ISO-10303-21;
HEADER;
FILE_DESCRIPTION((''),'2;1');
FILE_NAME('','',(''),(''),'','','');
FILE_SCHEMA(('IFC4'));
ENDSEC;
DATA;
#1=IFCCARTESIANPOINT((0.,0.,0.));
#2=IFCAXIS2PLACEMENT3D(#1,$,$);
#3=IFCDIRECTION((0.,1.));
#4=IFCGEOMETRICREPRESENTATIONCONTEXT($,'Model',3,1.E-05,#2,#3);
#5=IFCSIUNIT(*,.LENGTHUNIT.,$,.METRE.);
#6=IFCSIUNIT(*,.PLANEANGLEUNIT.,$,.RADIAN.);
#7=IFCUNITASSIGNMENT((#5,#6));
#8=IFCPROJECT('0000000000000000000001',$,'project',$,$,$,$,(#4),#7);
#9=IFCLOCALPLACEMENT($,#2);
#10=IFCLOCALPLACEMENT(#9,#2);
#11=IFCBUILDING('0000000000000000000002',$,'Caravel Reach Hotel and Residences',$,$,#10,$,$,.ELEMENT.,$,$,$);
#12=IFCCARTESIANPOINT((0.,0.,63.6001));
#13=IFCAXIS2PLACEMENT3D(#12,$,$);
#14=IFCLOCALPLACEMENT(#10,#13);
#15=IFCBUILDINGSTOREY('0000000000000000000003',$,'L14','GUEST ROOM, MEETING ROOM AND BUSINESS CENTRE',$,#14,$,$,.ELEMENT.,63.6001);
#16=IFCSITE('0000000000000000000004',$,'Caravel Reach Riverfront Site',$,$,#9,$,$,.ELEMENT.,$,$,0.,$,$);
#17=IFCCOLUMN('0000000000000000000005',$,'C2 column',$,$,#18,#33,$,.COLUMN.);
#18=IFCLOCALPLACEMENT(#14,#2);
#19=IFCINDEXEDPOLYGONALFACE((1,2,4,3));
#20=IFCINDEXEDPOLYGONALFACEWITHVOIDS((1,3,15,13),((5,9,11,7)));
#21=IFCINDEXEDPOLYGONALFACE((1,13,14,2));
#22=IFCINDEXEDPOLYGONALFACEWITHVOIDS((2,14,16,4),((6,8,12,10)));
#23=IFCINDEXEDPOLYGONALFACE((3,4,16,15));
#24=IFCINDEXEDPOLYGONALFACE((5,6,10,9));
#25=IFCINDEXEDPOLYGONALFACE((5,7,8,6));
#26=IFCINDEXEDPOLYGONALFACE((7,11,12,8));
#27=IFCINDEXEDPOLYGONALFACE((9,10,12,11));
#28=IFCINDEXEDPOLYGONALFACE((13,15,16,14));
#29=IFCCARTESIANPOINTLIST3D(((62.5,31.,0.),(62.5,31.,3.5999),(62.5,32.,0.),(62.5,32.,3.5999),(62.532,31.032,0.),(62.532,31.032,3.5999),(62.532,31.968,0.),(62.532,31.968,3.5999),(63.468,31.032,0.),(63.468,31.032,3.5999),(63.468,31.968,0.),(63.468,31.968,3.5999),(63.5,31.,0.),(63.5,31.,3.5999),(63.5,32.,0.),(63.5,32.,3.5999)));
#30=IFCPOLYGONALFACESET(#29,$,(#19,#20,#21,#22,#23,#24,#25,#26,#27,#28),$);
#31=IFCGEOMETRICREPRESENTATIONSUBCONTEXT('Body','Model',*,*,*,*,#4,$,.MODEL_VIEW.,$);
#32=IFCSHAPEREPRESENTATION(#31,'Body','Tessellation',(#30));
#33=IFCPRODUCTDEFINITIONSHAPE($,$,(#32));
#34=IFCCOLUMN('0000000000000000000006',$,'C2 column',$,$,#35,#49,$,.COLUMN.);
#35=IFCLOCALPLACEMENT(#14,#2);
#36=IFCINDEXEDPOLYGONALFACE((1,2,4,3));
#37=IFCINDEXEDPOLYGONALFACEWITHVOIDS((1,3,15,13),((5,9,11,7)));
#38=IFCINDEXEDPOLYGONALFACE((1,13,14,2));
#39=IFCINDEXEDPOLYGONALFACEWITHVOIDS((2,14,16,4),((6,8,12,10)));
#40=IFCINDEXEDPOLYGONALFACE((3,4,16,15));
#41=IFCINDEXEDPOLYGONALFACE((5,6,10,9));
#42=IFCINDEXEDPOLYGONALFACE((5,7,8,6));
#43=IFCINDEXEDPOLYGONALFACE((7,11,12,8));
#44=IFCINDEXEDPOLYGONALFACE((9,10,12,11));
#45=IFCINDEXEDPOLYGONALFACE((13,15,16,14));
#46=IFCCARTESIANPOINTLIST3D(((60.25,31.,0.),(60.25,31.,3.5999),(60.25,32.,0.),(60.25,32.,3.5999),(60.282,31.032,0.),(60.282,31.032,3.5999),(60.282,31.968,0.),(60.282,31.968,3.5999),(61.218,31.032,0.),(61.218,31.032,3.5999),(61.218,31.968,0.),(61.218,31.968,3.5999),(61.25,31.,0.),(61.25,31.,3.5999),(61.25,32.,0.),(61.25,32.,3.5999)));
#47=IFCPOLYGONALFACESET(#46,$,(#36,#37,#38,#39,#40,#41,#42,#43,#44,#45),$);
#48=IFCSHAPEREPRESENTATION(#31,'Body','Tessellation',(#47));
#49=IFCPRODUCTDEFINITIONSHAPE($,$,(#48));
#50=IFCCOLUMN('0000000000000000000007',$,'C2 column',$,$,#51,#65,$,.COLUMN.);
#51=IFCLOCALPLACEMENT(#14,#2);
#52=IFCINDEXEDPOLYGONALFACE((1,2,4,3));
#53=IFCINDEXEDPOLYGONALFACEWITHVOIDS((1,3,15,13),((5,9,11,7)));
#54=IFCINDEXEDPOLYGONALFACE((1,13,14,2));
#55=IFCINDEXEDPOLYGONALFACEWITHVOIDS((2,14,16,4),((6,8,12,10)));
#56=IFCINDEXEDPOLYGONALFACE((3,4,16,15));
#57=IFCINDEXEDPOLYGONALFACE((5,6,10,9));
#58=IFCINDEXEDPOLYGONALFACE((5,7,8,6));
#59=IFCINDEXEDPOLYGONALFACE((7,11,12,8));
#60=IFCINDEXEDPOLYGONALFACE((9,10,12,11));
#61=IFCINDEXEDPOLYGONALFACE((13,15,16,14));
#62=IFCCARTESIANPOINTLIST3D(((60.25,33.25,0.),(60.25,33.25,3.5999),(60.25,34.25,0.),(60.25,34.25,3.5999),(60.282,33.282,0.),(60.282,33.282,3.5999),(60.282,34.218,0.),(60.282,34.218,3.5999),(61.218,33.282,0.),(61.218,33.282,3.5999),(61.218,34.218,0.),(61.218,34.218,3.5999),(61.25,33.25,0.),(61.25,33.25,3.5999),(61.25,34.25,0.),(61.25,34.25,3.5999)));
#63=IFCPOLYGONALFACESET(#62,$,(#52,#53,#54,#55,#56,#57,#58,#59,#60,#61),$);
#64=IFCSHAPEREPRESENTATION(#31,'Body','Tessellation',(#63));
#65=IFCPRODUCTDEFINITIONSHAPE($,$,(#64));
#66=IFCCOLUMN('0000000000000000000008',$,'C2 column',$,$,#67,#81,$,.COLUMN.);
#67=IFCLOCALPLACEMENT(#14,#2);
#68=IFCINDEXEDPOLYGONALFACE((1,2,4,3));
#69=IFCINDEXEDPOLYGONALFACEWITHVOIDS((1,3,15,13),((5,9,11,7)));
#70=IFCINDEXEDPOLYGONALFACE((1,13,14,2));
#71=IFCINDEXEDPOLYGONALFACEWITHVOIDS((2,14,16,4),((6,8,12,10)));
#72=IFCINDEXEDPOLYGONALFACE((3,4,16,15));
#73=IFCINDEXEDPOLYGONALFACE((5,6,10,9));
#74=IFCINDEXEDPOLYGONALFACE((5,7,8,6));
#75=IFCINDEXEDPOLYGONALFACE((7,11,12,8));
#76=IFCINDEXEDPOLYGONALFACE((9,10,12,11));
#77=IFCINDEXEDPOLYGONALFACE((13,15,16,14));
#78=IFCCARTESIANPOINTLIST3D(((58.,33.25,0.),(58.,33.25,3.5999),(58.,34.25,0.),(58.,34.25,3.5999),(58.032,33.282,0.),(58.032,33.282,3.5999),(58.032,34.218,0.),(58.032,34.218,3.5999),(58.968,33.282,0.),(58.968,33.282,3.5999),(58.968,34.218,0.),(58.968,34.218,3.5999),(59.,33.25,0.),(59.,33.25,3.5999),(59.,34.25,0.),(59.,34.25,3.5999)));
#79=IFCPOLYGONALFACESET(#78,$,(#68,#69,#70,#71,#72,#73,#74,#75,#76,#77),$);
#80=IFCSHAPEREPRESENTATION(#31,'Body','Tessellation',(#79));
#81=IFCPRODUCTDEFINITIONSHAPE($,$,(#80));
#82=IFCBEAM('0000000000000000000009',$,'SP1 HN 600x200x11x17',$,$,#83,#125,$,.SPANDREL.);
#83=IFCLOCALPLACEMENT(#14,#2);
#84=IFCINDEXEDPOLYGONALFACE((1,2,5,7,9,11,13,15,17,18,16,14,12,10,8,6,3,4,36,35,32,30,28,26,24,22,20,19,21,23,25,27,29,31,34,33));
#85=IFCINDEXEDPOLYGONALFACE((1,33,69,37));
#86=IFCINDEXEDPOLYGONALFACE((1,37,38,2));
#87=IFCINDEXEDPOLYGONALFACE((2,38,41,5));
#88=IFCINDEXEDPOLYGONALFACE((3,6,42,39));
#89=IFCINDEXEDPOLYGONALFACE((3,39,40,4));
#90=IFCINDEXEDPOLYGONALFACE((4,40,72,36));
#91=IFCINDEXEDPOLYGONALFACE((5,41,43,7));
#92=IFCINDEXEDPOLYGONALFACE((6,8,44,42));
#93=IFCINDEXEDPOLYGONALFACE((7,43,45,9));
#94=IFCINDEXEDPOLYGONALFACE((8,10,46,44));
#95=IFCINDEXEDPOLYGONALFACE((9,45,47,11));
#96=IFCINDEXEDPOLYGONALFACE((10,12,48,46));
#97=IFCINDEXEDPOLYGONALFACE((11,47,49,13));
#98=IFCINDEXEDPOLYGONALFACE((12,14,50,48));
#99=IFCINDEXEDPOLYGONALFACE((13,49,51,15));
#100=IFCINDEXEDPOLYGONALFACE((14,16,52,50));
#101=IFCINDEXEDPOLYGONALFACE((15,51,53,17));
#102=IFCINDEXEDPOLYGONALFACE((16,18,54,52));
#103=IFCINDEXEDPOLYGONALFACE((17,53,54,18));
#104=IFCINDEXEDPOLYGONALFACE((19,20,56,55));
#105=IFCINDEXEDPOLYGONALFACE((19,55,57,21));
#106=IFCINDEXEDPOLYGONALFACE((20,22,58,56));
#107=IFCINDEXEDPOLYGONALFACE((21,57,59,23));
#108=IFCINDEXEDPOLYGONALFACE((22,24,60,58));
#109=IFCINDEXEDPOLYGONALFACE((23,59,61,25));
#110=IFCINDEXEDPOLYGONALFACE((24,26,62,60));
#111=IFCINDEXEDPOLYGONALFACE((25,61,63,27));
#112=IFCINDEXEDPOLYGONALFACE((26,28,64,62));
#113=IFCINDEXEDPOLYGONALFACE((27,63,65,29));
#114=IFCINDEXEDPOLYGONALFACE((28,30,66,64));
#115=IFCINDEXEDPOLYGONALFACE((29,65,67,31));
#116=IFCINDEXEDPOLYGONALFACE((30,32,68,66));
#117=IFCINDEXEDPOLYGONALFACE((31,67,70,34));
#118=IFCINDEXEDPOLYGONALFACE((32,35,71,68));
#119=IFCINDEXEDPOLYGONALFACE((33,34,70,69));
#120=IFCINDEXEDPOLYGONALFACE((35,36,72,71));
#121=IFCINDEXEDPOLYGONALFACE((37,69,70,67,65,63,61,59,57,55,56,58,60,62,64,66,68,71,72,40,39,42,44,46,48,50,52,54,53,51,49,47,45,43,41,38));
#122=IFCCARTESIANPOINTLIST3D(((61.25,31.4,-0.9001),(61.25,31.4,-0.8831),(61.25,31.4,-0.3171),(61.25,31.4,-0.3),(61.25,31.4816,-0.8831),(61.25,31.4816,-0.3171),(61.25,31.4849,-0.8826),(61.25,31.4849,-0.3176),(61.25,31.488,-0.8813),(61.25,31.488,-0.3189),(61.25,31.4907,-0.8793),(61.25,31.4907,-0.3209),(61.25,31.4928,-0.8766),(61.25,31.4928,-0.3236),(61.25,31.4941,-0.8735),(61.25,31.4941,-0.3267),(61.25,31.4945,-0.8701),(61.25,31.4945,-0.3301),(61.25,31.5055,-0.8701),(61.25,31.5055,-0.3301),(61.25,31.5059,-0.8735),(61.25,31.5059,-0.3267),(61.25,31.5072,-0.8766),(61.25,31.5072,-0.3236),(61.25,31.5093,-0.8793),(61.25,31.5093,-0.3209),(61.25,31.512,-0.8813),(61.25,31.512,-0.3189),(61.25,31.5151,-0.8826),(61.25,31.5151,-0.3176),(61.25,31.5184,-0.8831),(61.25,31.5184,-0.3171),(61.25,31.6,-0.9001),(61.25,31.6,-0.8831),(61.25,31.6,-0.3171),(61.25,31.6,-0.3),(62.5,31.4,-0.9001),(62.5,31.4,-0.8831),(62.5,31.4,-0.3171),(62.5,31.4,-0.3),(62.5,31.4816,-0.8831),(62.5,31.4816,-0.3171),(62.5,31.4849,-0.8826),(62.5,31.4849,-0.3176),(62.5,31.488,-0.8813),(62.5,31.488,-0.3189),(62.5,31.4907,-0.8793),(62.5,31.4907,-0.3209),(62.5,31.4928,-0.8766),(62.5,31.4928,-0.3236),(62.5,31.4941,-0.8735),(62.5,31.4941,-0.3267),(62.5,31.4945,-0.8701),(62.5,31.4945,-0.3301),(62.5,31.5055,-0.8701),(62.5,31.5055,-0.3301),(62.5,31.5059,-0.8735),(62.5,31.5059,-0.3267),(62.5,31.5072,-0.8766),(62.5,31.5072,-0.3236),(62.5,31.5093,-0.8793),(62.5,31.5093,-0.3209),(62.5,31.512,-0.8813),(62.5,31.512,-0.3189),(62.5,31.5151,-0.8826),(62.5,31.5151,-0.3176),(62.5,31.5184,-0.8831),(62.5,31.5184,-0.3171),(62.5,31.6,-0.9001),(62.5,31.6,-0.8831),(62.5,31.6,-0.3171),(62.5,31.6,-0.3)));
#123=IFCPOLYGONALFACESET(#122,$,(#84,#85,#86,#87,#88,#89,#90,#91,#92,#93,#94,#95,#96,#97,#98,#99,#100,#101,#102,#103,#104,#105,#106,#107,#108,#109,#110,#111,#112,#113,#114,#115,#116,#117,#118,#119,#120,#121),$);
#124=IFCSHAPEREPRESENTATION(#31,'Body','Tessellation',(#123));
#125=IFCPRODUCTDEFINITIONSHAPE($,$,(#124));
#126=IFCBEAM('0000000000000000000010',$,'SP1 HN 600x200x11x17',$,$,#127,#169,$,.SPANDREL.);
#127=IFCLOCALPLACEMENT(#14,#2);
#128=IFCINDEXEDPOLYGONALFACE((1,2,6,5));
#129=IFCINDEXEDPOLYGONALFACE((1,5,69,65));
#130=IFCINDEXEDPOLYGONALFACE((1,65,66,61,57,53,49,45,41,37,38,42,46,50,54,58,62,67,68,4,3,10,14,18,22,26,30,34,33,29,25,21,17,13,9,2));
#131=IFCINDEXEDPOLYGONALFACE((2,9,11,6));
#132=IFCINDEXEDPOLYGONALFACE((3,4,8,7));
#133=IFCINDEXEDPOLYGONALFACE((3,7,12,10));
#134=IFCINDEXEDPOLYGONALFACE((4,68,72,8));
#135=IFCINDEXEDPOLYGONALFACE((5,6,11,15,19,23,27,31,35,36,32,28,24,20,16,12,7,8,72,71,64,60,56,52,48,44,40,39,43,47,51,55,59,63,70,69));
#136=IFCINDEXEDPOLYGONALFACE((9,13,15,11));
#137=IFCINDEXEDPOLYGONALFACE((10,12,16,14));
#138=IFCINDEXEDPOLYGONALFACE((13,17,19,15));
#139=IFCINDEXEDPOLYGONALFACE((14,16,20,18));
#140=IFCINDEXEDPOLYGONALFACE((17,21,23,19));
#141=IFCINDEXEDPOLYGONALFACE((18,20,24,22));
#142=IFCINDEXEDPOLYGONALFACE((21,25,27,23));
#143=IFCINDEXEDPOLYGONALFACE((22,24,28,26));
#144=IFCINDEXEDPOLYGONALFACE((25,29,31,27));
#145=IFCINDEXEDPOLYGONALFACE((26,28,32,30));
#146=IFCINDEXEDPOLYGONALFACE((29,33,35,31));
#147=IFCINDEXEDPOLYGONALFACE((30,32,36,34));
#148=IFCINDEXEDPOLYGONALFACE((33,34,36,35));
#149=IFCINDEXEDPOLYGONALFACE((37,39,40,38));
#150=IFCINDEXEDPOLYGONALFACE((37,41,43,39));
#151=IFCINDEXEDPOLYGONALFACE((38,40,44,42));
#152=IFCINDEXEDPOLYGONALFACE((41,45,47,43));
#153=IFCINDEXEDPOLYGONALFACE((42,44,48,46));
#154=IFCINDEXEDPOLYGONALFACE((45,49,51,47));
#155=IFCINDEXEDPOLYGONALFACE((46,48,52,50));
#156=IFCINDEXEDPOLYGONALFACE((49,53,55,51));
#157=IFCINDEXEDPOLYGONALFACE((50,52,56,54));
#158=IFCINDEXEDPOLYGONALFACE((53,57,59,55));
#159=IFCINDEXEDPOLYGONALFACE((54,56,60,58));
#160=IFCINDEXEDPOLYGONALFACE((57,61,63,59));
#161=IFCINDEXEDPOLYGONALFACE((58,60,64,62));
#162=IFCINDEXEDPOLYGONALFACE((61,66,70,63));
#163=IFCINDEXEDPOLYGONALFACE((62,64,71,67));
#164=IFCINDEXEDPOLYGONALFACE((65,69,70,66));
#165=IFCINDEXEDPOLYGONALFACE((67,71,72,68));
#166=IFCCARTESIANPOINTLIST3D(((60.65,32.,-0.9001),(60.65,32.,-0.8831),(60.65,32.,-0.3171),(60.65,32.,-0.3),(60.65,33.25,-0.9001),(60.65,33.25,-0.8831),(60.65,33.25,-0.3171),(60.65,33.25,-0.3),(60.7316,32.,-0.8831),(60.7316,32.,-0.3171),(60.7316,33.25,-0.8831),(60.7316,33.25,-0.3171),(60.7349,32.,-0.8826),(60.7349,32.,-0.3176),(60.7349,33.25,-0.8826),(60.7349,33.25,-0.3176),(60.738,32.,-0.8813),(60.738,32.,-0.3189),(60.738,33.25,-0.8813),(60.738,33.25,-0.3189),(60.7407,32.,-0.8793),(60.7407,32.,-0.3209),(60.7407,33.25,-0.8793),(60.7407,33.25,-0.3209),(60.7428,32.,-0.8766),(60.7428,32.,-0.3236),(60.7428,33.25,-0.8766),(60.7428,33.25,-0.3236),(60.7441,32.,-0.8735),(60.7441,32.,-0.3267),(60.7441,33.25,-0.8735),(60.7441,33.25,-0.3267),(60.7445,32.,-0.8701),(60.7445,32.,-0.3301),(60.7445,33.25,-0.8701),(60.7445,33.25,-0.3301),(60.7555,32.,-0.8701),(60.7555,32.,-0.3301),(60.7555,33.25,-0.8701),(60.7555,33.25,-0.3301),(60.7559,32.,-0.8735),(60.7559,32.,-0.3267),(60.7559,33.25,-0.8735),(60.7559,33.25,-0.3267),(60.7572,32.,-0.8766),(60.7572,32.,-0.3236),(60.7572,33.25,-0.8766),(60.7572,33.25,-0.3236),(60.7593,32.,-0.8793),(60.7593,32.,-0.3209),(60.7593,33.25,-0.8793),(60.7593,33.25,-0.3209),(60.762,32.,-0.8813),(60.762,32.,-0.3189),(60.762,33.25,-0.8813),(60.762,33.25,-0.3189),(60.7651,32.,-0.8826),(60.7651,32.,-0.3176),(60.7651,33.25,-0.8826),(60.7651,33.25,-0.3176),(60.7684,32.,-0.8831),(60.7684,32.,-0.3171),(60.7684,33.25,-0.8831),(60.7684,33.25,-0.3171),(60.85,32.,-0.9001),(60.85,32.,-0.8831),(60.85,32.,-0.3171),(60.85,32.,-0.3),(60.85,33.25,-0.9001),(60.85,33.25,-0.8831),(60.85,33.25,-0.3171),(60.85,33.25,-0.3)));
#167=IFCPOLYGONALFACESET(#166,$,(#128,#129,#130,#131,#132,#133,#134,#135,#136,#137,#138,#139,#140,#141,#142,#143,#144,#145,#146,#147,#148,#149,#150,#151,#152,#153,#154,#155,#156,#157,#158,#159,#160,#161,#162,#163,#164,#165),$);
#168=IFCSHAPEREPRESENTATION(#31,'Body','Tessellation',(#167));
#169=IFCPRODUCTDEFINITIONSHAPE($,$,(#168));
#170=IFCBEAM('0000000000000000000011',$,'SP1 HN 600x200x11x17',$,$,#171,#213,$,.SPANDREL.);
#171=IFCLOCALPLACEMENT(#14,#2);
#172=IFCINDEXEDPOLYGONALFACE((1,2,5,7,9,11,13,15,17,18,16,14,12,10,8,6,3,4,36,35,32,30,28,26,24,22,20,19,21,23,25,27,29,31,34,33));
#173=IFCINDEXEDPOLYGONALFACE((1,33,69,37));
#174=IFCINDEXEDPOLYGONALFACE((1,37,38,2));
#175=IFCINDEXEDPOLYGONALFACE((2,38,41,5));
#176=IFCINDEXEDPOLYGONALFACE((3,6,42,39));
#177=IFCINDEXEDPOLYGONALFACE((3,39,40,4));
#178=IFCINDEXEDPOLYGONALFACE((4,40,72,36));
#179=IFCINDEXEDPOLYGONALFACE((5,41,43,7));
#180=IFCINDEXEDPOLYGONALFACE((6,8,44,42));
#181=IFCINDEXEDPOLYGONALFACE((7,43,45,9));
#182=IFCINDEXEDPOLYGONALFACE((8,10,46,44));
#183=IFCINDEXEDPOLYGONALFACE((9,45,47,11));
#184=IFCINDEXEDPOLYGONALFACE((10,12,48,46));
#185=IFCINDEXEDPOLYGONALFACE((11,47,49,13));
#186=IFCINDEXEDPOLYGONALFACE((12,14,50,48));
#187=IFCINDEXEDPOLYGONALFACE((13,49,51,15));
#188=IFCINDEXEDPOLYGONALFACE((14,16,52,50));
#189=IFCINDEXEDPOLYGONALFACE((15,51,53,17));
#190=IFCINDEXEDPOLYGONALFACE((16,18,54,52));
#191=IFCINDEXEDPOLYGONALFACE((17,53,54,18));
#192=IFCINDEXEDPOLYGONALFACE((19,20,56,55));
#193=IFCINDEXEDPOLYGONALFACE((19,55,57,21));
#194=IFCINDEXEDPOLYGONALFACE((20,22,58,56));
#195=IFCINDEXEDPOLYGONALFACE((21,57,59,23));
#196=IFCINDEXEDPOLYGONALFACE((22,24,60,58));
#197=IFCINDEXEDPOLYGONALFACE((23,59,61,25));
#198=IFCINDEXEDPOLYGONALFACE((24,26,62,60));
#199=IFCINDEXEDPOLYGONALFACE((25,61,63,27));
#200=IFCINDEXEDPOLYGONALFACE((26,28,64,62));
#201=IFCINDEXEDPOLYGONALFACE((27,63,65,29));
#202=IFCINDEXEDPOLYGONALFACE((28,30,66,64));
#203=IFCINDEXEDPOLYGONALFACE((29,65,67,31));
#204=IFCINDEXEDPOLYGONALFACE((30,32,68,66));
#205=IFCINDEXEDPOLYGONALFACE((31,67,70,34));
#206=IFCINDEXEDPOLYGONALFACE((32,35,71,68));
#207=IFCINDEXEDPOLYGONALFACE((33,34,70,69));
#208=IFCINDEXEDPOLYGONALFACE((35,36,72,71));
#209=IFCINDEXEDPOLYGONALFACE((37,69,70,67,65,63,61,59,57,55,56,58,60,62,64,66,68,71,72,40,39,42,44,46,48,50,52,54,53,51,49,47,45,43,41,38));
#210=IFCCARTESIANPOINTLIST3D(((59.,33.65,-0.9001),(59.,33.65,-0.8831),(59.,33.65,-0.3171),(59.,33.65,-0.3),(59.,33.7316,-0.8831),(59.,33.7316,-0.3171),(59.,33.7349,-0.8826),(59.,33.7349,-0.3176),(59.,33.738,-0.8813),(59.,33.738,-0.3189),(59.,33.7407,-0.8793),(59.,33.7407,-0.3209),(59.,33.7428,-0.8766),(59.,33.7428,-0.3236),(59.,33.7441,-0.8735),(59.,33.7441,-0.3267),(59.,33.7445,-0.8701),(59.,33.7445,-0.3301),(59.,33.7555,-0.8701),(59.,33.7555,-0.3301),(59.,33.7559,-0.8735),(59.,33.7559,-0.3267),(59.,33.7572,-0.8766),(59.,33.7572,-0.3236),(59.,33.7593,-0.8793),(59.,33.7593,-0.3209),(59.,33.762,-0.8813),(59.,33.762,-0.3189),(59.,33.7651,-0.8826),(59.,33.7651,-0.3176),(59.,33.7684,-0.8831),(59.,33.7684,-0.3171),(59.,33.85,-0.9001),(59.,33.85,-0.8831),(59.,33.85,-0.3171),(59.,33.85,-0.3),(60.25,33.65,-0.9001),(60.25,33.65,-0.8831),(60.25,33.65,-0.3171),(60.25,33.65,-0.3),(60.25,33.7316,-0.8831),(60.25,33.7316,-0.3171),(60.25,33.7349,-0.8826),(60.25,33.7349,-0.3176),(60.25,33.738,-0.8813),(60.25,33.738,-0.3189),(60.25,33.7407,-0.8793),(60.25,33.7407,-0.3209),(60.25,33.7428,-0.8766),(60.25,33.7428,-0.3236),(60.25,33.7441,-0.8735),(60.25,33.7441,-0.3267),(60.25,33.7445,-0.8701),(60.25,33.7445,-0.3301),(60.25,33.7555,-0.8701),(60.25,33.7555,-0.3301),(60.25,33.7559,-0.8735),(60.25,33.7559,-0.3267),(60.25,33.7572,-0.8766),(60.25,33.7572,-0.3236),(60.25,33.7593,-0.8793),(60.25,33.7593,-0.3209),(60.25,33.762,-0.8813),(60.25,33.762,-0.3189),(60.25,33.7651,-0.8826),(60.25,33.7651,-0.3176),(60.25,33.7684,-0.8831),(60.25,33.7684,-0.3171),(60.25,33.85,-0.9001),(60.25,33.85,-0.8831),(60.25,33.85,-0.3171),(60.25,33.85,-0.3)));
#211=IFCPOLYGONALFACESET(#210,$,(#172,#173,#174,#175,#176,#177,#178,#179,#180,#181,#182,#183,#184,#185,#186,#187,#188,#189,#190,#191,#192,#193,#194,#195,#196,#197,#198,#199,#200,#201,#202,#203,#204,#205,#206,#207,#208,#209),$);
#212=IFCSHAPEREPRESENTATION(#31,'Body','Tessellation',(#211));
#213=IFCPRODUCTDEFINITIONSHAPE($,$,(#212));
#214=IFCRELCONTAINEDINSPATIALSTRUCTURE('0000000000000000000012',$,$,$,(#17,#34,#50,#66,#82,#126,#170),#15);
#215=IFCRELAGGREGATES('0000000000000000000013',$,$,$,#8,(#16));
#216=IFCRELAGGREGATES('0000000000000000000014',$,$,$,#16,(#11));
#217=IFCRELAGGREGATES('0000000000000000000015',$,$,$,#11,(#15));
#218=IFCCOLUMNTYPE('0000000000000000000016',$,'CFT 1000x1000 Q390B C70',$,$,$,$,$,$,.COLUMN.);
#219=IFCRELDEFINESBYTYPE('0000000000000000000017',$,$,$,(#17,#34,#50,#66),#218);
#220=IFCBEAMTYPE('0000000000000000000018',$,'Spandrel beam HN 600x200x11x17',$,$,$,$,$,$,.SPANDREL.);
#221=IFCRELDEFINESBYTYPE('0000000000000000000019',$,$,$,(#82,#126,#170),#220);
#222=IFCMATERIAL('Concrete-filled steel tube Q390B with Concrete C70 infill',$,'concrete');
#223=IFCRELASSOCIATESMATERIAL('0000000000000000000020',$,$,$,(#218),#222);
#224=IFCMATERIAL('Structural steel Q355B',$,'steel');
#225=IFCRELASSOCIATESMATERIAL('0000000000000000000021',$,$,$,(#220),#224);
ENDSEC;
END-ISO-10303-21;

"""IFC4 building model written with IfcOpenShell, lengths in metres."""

from ifc_helpers import new_model, si_unit, direction, frame, origin, origin_2d, place, context, subcontext, project, spatial, hollow_rectangle, i_section, extrude, material, material_profile, profile_set, type_object, element, save


model = new_model("IFC4")

# Units and contexts
model_context = context("Model", 3, precision=1e-05, world=origin(), true_north=direction((0.0, 1.0)))
body_context = subcontext(model_context, "Body", "Model", "MODEL_VIEW")
ifc_project = project(units=[si_unit("LENGTHUNIT", "METRE"), si_unit("PLANEANGLEUNIT", "RADIAN")], contexts=[model_context])

# Site, building, storey
site_placement = place(None, origin())
site = spatial("IfcSite", under=ifc_project, at=site_placement, Name="Caravel Reach Riverfront Site", CompositionType="ELEMENT", RefElevation=0.0)
building_placement = place(site_placement, origin())
building = spatial("IfcBuilding", under=site, at=building_placement, Name="Caravel Reach Hotel and Residences", CompositionType="ELEMENT")
storey_placement = place(building_placement, frame((0.0, 0.0, 63.6001)))
storey = spatial("IfcBuildingStorey", under=building, at=storey_placement, Name="L14", Description="GUEST ROOM, MEETING ROOM AND BUSINESS CENTRE", CompositionType="ELEMENT", Elevation=63.6001)

# Columns
ifc_material_1 = material(Name="Concrete-filled steel tube Q390B with Concrete C70 infill", Category="concrete")
ifc_material_profile_1 = material_profile(ifc_material_1, hollow_rectangle(XDim=1.0, YDim=1.0, WallThickness=0.032, at=origin_2d()), Name="RHS 1000x1000x32")
ifc_profile_set_1 = profile_set([ifc_material_profile_1], Name="Concrete-filled steel tube Q390B with Concrete C70 infill")
column_type = type_object("IfcColumnType", Name="CFT 1000x1000 Q390B C70", PredefinedType="COLUMN", material=ifc_profile_set_1)
for number, where, z_axis, x_axis, name in (
    (1, (63.0, 31.5, 0.0), (0.0, 0.0, 1.0), (1.0, 0.0, 0.0), "C2 column"),
    (2, (60.75, 31.5, 0.0), (0.0, 0.0, 1.0), (1.0, 0.0, 0.0), "C2 column"),
    (3, (60.75, 33.75, 0.0), (0.0, 0.0, 1.0), (1.0, 0.0, 0.0), "C2 column"),
    (4, (58.5, 33.75, 0.0), (0.0, 0.0, 1.0), (1.0, 0.0, 0.0), "C2 column"),
):
    element("IfcColumn", number, at=place(storey_placement, frame(where, z_axis=z_axis, x_axis=x_axis)), inside=storey, type_object=column_type, Name=name, PredefinedType="COLUMN", context=body_context, shape_type="SweptSolid", body=[
        extrude(hollow_rectangle(XDim=1.0, YDim=1.0, WallThickness=0.032, at=origin_2d()), origin(), (0.0, 0.0, 1.0), 3.5999),
    ])

# Beams
ifc_material_2 = material(Name="Structural steel Q355B", Category="steel")
ifc_material_profile_2 = material_profile(ifc_material_2, i_section(OverallWidth=0.2, OverallDepth=0.6001, WebThickness=0.011, FlangeThickness=0.0171, FilletRadius=0.0129, at=origin_2d()), Name="HN 600x200x11x17")
ifc_profile_set_2 = profile_set([ifc_material_profile_2], Name="Structural steel Q355B")
beam_type = type_object("IfcBeamType", Name="Spandrel beam HN 600x200x11x17", PredefinedType="SPANDREL", material=ifc_profile_set_2)
for number, where, z_axis, x_axis, name in (
    (5, (62.5, 31.5, -0.6001), (-1.0, 0.0, 0.0), (0.0, -1.0, 0.0), "SP1 HN 600x200x11x17"),
    (6, (60.75, 32.0, -0.6001), (0.0, 1.0, 0.0), (-1.0, 0.0, 0.0), "SP1 HN 600x200x11x17"),
    (7, (60.25, 33.75, -0.6001), (-1.0, 0.0, 0.0), (0.0, -1.0, 0.0), "SP1 HN 600x200x11x17"),
):
    element("IfcBeam", number, at=place(storey_placement, frame(where, z_axis=z_axis, x_axis=x_axis)), inside=storey, type_object=beam_type, Name=name, PredefinedType="SPANDREL", context=body_context, shape_type="SweptSolid", body=[
        extrude(i_section(OverallWidth=0.2, OverallDepth=0.6001, WebThickness=0.011, FlangeThickness=0.0171, FilletRadius=0.0129, at=origin_2d()), origin(), (0.0, 0.0, 1.0), 1.25),
    ])

save(model, "model.ifc")
